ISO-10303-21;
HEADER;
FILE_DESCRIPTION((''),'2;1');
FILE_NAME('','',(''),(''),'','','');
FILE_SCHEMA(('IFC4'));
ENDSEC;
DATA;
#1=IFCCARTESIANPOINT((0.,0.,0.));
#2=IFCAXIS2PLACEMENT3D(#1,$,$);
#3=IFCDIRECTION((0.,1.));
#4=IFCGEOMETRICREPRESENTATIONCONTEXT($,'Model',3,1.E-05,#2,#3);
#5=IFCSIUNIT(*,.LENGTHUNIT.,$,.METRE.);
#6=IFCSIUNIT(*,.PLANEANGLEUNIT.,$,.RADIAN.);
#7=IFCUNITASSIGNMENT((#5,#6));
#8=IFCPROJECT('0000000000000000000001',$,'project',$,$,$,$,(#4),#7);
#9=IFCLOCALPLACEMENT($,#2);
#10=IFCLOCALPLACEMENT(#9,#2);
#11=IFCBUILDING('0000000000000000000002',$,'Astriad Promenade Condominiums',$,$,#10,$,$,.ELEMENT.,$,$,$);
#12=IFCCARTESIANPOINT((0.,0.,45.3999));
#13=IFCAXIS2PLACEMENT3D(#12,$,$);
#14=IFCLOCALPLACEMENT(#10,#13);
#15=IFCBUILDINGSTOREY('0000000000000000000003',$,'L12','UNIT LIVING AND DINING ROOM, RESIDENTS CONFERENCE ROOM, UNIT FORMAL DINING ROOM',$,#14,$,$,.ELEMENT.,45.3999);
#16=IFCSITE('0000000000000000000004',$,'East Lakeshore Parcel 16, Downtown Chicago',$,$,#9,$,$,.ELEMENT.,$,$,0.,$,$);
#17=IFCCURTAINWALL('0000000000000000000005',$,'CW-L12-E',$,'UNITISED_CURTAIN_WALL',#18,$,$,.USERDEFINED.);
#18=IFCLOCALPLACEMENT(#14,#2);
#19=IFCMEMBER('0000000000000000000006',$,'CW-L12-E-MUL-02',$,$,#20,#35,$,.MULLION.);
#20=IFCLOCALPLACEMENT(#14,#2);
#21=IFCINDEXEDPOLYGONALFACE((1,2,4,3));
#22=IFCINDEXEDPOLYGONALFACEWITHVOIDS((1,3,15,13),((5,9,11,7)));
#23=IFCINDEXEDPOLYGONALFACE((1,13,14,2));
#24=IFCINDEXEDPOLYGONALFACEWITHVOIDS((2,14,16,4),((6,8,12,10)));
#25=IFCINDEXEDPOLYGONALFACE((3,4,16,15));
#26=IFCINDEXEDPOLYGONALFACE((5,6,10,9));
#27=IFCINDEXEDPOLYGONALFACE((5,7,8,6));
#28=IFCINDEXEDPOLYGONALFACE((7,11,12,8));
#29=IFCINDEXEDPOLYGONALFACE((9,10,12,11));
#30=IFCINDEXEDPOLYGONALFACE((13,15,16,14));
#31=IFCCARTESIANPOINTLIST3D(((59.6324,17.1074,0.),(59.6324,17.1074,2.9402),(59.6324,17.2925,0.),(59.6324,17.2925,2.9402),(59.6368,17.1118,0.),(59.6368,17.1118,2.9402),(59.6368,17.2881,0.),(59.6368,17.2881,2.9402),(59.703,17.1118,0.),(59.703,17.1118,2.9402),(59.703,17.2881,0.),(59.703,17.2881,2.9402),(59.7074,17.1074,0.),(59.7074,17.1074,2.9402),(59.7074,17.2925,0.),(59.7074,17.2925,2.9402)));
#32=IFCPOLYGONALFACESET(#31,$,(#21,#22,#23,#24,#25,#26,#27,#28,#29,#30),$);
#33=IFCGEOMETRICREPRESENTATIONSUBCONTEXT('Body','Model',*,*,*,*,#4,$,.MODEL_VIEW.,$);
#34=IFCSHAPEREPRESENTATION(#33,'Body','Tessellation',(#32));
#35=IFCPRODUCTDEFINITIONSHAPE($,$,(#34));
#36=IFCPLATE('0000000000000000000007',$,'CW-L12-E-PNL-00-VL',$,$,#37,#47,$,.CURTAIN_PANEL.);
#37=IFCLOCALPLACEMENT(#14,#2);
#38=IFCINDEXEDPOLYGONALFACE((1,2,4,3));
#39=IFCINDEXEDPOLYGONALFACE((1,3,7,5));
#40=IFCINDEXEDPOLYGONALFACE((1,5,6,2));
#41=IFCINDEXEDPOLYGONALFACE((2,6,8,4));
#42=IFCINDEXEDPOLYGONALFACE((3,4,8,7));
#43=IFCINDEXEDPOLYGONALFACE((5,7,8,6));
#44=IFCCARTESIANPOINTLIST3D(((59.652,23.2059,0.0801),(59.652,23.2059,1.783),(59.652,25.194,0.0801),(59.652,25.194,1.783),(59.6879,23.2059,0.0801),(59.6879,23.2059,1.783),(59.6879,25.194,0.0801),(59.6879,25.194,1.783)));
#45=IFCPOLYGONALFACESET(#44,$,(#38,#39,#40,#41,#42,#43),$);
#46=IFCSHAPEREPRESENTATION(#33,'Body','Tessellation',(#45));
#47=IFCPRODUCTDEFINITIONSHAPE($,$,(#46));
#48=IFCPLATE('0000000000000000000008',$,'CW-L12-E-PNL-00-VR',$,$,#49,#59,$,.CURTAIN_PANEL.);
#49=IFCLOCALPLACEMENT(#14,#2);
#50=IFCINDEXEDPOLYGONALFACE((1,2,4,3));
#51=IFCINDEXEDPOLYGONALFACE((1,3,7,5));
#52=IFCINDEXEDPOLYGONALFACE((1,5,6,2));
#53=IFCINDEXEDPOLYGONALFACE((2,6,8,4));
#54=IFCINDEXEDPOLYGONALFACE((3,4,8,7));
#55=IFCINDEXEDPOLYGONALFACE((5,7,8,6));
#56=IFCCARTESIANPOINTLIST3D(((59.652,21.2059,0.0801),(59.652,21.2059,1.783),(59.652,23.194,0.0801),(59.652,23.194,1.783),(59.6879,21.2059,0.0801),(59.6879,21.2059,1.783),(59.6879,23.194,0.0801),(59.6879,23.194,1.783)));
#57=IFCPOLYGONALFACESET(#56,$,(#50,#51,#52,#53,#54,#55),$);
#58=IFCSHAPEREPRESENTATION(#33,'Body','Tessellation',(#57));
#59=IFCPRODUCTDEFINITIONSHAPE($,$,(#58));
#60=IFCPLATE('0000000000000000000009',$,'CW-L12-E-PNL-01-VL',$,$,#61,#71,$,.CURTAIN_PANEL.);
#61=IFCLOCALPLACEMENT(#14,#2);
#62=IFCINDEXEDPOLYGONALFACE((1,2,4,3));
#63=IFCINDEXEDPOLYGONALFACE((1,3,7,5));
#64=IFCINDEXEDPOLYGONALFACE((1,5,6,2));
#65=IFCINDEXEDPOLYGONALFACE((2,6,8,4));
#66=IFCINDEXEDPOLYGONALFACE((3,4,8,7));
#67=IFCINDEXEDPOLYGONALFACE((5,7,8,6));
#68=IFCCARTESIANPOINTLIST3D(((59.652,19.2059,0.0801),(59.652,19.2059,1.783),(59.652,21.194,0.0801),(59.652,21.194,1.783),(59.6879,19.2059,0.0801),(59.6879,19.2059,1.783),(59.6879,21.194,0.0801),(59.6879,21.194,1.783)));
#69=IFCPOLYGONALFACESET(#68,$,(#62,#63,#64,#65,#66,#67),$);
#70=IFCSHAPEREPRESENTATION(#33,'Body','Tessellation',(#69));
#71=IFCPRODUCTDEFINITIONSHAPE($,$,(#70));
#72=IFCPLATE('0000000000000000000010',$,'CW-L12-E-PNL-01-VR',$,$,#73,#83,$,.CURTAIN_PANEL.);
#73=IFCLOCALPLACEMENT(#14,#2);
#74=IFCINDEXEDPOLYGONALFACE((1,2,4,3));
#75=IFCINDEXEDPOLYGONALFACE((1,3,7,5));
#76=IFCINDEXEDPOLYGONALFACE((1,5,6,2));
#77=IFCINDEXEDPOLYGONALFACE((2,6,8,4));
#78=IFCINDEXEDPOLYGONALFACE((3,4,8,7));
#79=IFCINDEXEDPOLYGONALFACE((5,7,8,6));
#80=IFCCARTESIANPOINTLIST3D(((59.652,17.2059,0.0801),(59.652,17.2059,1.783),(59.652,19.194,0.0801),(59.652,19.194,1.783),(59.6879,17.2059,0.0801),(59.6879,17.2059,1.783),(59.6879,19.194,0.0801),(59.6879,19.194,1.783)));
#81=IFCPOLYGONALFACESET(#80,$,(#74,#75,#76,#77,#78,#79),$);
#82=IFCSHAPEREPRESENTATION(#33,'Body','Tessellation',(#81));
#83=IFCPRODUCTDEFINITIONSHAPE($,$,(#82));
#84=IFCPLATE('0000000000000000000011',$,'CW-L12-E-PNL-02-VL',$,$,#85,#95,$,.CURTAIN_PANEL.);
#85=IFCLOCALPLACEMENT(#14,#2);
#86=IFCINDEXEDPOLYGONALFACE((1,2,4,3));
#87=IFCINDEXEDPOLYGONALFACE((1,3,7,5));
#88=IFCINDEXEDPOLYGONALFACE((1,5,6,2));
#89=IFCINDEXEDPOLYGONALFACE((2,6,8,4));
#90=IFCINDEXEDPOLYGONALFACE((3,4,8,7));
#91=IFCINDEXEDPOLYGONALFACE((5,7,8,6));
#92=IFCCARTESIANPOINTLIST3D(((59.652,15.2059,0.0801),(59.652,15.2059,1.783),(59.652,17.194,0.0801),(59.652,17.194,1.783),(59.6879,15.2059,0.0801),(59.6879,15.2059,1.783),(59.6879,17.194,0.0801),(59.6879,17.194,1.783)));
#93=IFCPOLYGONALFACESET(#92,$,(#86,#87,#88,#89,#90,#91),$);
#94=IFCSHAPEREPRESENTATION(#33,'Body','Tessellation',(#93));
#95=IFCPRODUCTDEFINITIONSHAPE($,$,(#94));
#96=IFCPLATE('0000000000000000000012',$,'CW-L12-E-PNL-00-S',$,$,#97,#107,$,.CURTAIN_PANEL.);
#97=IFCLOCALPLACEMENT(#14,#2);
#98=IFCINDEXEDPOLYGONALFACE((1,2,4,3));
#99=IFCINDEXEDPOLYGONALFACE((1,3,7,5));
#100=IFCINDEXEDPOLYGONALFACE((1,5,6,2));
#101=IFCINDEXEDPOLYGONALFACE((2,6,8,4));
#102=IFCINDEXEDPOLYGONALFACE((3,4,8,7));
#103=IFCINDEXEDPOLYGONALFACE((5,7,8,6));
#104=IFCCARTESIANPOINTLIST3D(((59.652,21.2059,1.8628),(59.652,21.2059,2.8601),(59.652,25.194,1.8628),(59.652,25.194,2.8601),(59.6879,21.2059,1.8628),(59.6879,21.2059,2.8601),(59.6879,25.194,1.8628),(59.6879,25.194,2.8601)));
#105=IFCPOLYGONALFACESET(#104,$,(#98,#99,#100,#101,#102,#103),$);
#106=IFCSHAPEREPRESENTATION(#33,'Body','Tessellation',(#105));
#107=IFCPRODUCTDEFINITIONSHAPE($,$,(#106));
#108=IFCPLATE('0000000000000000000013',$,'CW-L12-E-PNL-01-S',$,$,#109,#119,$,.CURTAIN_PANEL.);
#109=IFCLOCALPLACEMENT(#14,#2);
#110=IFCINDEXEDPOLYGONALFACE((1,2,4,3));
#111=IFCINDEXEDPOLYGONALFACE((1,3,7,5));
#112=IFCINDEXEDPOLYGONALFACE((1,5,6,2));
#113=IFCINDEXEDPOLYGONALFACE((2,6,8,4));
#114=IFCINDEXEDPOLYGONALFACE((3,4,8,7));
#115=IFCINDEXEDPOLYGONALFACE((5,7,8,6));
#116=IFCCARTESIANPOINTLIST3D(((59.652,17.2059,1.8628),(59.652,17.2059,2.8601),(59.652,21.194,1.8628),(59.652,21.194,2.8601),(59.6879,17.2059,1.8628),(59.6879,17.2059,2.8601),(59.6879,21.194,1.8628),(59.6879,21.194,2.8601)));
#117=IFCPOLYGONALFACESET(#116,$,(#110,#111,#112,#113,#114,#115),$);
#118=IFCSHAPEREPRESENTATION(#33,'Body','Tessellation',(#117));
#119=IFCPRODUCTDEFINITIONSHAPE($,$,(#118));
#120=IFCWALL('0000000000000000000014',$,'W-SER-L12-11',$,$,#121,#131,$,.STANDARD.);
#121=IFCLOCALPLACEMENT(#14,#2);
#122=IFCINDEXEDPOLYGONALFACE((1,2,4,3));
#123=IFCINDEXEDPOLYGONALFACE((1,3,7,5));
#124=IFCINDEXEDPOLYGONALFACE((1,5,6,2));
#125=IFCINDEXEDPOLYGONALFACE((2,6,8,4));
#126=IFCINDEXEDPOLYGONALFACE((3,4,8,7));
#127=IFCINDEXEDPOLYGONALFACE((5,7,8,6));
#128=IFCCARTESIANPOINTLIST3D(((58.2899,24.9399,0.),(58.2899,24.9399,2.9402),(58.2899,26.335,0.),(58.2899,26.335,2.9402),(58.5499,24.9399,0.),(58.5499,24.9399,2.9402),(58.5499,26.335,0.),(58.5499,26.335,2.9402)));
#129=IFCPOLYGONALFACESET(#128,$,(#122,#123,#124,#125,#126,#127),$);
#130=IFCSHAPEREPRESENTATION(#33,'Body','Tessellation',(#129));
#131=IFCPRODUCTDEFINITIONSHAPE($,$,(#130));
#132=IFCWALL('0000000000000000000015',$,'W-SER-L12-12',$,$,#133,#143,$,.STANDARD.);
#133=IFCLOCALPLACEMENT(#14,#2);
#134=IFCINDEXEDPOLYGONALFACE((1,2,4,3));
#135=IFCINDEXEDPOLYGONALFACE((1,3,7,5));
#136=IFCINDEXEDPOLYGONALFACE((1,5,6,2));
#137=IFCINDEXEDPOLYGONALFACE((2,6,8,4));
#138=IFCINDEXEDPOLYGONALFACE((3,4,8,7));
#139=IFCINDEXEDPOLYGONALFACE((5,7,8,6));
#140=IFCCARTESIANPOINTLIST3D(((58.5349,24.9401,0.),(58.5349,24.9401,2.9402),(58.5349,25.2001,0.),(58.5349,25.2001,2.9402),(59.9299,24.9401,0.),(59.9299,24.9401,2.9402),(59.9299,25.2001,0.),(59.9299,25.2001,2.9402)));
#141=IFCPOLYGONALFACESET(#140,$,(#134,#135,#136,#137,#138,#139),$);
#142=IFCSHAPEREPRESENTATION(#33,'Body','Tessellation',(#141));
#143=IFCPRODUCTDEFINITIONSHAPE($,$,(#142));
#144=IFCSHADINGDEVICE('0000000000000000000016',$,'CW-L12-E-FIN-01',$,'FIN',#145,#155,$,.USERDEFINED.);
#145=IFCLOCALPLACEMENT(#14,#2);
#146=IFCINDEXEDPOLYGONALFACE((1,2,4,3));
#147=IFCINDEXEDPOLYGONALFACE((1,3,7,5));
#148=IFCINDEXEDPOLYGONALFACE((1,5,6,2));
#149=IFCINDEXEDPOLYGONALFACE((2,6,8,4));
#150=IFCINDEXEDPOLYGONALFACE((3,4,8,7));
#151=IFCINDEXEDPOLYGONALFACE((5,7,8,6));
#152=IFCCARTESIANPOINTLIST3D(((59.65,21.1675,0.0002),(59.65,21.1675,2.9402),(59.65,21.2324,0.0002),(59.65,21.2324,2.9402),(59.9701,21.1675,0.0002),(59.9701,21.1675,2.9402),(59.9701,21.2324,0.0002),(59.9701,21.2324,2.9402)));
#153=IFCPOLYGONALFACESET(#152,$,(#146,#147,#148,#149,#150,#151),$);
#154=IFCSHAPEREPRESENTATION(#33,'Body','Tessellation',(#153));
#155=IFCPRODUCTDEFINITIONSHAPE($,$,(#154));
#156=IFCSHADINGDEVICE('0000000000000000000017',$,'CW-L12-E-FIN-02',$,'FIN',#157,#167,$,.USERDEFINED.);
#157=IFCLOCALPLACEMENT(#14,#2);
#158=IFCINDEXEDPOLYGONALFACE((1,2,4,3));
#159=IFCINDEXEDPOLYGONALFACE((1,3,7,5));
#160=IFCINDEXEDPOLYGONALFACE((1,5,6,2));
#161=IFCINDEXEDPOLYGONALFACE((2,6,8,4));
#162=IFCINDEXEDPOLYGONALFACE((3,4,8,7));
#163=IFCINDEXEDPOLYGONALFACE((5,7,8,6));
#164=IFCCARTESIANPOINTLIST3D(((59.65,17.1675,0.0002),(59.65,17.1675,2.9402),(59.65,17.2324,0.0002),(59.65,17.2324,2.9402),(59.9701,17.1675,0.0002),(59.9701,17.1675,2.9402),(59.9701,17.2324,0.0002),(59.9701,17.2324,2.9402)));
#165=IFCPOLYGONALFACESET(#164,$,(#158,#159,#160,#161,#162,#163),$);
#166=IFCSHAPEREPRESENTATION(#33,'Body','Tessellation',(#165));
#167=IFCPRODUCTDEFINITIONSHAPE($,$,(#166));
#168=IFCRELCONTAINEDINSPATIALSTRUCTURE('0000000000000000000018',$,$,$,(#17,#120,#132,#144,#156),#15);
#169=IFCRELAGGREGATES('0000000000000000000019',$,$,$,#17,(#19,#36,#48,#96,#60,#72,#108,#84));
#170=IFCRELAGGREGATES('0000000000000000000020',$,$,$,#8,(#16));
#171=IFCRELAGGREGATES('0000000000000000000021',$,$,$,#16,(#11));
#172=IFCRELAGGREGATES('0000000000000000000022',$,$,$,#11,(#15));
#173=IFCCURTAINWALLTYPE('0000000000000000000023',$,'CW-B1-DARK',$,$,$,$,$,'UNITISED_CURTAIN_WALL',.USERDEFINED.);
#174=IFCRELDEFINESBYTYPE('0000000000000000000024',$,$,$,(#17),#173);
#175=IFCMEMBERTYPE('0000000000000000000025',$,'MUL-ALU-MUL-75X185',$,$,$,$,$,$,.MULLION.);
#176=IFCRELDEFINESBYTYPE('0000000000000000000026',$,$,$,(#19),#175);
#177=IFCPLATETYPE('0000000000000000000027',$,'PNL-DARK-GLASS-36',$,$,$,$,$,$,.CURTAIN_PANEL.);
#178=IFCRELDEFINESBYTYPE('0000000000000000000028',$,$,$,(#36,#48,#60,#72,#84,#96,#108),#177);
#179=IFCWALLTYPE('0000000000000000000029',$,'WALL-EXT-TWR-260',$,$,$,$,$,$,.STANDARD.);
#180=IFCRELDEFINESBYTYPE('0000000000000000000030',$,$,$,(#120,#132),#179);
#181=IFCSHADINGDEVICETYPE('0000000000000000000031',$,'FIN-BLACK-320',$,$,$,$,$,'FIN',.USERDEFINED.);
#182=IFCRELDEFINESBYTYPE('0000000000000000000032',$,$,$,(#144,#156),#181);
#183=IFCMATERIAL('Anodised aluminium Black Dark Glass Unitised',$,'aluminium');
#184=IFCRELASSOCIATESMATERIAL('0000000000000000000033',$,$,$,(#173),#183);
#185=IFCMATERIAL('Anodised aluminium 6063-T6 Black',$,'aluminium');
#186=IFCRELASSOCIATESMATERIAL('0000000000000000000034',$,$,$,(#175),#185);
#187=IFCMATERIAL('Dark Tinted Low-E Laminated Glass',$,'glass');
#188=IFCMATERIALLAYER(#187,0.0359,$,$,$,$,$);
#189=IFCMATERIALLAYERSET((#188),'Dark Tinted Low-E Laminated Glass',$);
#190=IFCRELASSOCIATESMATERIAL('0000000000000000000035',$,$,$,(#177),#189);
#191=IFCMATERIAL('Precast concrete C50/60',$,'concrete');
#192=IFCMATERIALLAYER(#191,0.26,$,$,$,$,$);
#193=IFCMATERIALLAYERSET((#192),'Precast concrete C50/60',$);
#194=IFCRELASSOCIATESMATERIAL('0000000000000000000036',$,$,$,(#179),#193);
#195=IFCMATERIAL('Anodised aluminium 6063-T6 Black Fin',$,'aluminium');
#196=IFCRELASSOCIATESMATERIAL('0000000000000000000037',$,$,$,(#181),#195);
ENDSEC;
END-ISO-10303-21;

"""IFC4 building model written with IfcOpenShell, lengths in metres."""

from ifc_helpers import new_model, si_unit, direction, frame, frame_2d, origin, origin_2d, place, context, subcontext, project, spatial, rectangle, hollow_rectangle, extrude, source, transform, mapped, material, layer, layer_set, material_profile, profile_set, type_object, type_shapes, element, aggregate, save


model = new_model("IFC4")

# Units and contexts
model_context = context("Model", 3, precision=1e-05, world=origin(), true_north=direction((0.0, 1.0)))
body_context = subcontext(model_context, "Body", "Model", "MODEL_VIEW")
ifc_project = project(units=[si_unit("LENGTHUNIT", "METRE"), si_unit("PLANEANGLEUNIT", "RADIAN")], contexts=[model_context])

# Site, building, storey
site_placement = place(None, origin())
site = spatial("IfcSite", under=ifc_project, at=site_placement, Name="East Lakeshore Parcel 16, Downtown Chicago", CompositionType="ELEMENT", RefElevation=0.0)
building_placement = place(site_placement, origin())
building = spatial("IfcBuilding", under=site, at=building_placement, Name="Astriad Promenade Condominiums", CompositionType="ELEMENT")
storey_placement = place(building_placement, frame((0.0, 0.0, 45.3999)))
storey = spatial("IfcBuildingStorey", under=building, at=storey_placement, Name="L12", Description="UNIT LIVING AND DINING ROOM, RESIDENTS CONFERENCE ROOM, UNIT FORMAL DINING ROOM", CompositionType="ELEMENT", Elevation=45.3999)

# Curtain wall, member, plates
ifc_material_1 = material(Name="Anodised aluminium Black Dark Glass Unitised", Category="aluminium")
curtain_wall_type = type_object("IfcCurtainWallType", Name="CW-B1-DARK", ElementType="UNITISED_CURTAIN_WALL", PredefinedType="USERDEFINED", material=ifc_material_1)
curtain_wall_placement = place(storey_placement, origin())
curtain_wall = element("IfcCurtainWall", 1, at=curtain_wall_placement, inside=storey, type_object=curtain_wall_type, Name="CW-L12-E", ObjectType="UNITISED_CURTAIN_WALL", PredefinedType="USERDEFINED")
ifc_material_2 = material(Name="Anodised aluminium 6063-T6 Black", Category="aluminium")
ifc_material_profile_1 = material_profile(ifc_material_2, hollow_rectangle(XDim=0.075, YDim=0.1851, WallThickness=0.0044, at=origin_2d()), Name="ALU-MUL-75X185")
ifc_profile_set_1 = profile_set([ifc_material_profile_1], Name="Anodised aluminium 6063-T6 Black")
member_type_1 = type_object("IfcMemberType", Name="MUL-ALU-MUL-75X185", PredefinedType="MULLION", material=ifc_profile_set_1)
shared_shape_1 = source(origin(), body_context, "Body", "SweptSolid", [
    extrude(hollow_rectangle(XDim=0.075, YDim=0.1851, WallThickness=0.0044, at=origin_2d()), origin(), (0.0, 0.0, 1.0), 2.9402),
])
type_shapes(member_type_1, [shared_shape_1])
member_1_placement = place(storey_placement, frame((59.6699, 17.2, 0.0), z_axis=(0.0, 0.0, 1.0), x_axis=(1.0, 0.0, 0.0)))
member_1 = element("IfcMember", 2, at=member_1_placement, type_object=member_type_1, Name="CW-L12-E-MUL-02", PredefinedType="MULLION", context=body_context, shape_type="MappedRepresentation", body=[
    mapped(shared_shape_1, transform((0.0, 0.0, 0.0), scale=1.0)),
])
ifc_material_3 = material(Name="Dark Tinted Low-E Laminated Glass", Category="glass")
ifc_layer_1 = layer(ifc_material_3, 0.0359)
ifc_layer_set_1 = layer_set([ifc_layer_1], Name="Dark Tinted Low-E Laminated Glass")
plate_type = type_object("IfcPlateType", Name="PNL-DARK-GLASS-36", PredefinedType="CURTAIN_PANEL", material=ifc_layer_set_1)
shared_shape_2 = source(origin(), body_context, "Body", "SweptSolid", [
    extrude(rectangle(XDim=1.988, YDim=0.0359, at=origin_2d()), origin(), (0.0, 0.0, 1.0), 1.7029),
])
plate_1_placement = place(storey_placement, frame((59.6699, 24.2, 0.0801), z_axis=(0.0, 0.0, 1.0), x_axis=(0.0, -1.0, 0.0)))
plate_1 = element("IfcPlate", 3, at=plate_1_placement, type_object=plate_type, Name="CW-L12-E-PNL-00-VL", PredefinedType="CURTAIN_PANEL", context=body_context, shape_type="MappedRepresentation", body=[
    mapped(shared_shape_2, transform((0.0, 0.0, 0.0), scale=1.0)),
])
plate_2_placement = place(storey_placement, frame((59.6699, 22.2, 0.0801), z_axis=(0.0, 0.0, 1.0), x_axis=(0.0, -1.0, 0.0)))
plate_2 = element("IfcPlate", 4, at=plate_2_placement, type_object=plate_type, Name="CW-L12-E-PNL-00-VR", PredefinedType="CURTAIN_PANEL", context=body_context, shape_type="MappedRepresentation", body=[
    mapped(shared_shape_2, transform((0.0, 0.0, 0.0), scale=1.0)),
])
plate_3_placement = place(storey_placement, frame((59.6699, 20.2, 0.0801), z_axis=(0.0, 0.0, 1.0), x_axis=(0.0, -1.0, 0.0)))
plate_3 = element("IfcPlate", 5, at=plate_3_placement, type_object=plate_type, Name="CW-L12-E-PNL-01-VL", PredefinedType="CURTAIN_PANEL", context=body_context, shape_type="MappedRepresentation", body=[
    mapped(shared_shape_2, transform((0.0, 0.0, 0.0), scale=1.0)),
])
plate_4_placement = place(storey_placement, frame((59.6699, 18.2, 0.0801), z_axis=(0.0, 0.0, 1.0), x_axis=(0.0, -1.0, 0.0)))
plate_4 = element("IfcPlate", 6, at=plate_4_placement, type_object=plate_type, Name="CW-L12-E-PNL-01-VR", PredefinedType="CURTAIN_PANEL", context=body_context, shape_type="MappedRepresentation", body=[
    mapped(shared_shape_2, transform((0.0, 0.0, 0.0), scale=1.0)),
])
plate_5_placement = place(storey_placement, frame((59.6699, 16.2, 0.0801), z_axis=(0.0, 0.0, 1.0), x_axis=(0.0, -1.0, 0.0)))
plate_5 = element("IfcPlate", 7, at=plate_5_placement, type_object=plate_type, Name="CW-L12-E-PNL-02-VL", PredefinedType="CURTAIN_PANEL", context=body_context, shape_type="MappedRepresentation", body=[
    mapped(shared_shape_2, transform((0.0, 0.0, 0.0), scale=1.0)),
])
shared_shape_3 = source(origin(), body_context, "Body", "SweptSolid", [
    extrude(rectangle(XDim=3.988, YDim=0.0359, at=origin_2d()), origin(), (0.0, 0.0, 1.0), 0.9973),
])
type_shapes(plate_type, [shared_shape_2, shared_shape_3])
plate_6_placement = place(storey_placement, frame((59.6699, 23.2, 1.8628), z_axis=(0.0, 0.0, 1.0), x_axis=(0.0, -1.0, 0.0)))
plate_6 = element("IfcPlate", 8, at=plate_6_placement, type_object=plate_type, Name="CW-L12-E-PNL-00-S", PredefinedType="CURTAIN_PANEL", context=body_context, shape_type="MappedRepresentation", body=[
    mapped(shared_shape_3, transform((0.0, 0.0, 0.0), scale=1.0)),
])
plate_7_placement = place(storey_placement, frame((59.6699, 19.2, 1.8628), z_axis=(0.0, 0.0, 1.0), x_axis=(0.0, -1.0, 0.0)))
plate_7 = element("IfcPlate", 9, at=plate_7_placement, type_object=plate_type, Name="CW-L12-E-PNL-01-S", PredefinedType="CURTAIN_PANEL", context=body_context, shape_type="MappedRepresentation", body=[
    mapped(shared_shape_3, transform((0.0, 0.0, 0.0), scale=1.0)),
])
aggregate(curtain_wall, [member_1, plate_1, plate_2, plate_6, plate_3, plate_4, plate_7, plate_5])

# Walls
ifc_material_4 = material(Name="Precast concrete C50/60", Category="concrete")
ifc_layer_2 = layer(ifc_material_4, 0.26)
ifc_layer_set_2 = layer_set([ifc_layer_2], Name="Precast concrete C50/60")
wall_type = type_object("IfcWallType", Name="WALL-EXT-TWR-260", PredefinedType="STANDARD", material=ifc_layer_set_2)
for number, where, z_axis, x_axis, name in (
    (10, (58.4199, 26.335, 0.0), (0.0, 0.0, 1.0), (0.0, -1.0, 0.0), "W-SER-L12-11"),
    (11, (58.5349, 25.0701, 0.0), (0.0, 0.0, 1.0), (1.0, 0.0, 0.0), "W-SER-L12-12"),
):
    element("IfcWall", number, at=place(storey_placement, frame(where, z_axis=z_axis, x_axis=x_axis)), inside=storey, type_object=wall_type, Name=name, PredefinedType="STANDARD", context=body_context, shape_type="SweptSolid", body=[
        extrude(rectangle(XDim=1.395, YDim=0.26, at=frame_2d((0.6975, 0.0))), origin(), (0.0, 0.0, 1.0), 2.9402),
    ])

# Shading devices
ifc_material_5 = material(Name="Anodised aluminium 6063-T6 Black Fin", Category="aluminium")
shading_device_type = type_object("IfcShadingDeviceType", Name="FIN-BLACK-320", ElementType="FIN", PredefinedType="USERDEFINED", material=ifc_material_5)
shared_shape_4 = source(origin(), body_context, "Body", "SweptSolid", [
    extrude(rectangle(XDim=0.0649, YDim=0.3201, at=origin_2d()), origin(), (0.0, 0.0, 1.0), 2.9399),
])
type_shapes(shading_device_type, [shared_shape_4])
for number, where, z_axis, x_axis, name in (
    (12, (59.8101, 21.2, 0.0002), (0.0, 0.0, 1.0), (0.0, -1.0, 0.0), "CW-L12-E-FIN-01"),
    (13, (59.8101, 17.2, 0.0002), (0.0, 0.0, 1.0), (0.0, -1.0, 0.0), "CW-L12-E-FIN-02"),
):
    element("IfcShadingDevice", number, at=place(storey_placement, frame(where, z_axis=z_axis, x_axis=x_axis)), inside=storey, type_object=shading_device_type, Name=name, ObjectType="FIN", PredefinedType="USERDEFINED", context=body_context, shape_type="MappedRepresentation", body=[
        mapped(shared_shape_4, transform((0.0, 0.0, 0.0), scale=1.0)),
    ])

save(model, "model.ifc")
